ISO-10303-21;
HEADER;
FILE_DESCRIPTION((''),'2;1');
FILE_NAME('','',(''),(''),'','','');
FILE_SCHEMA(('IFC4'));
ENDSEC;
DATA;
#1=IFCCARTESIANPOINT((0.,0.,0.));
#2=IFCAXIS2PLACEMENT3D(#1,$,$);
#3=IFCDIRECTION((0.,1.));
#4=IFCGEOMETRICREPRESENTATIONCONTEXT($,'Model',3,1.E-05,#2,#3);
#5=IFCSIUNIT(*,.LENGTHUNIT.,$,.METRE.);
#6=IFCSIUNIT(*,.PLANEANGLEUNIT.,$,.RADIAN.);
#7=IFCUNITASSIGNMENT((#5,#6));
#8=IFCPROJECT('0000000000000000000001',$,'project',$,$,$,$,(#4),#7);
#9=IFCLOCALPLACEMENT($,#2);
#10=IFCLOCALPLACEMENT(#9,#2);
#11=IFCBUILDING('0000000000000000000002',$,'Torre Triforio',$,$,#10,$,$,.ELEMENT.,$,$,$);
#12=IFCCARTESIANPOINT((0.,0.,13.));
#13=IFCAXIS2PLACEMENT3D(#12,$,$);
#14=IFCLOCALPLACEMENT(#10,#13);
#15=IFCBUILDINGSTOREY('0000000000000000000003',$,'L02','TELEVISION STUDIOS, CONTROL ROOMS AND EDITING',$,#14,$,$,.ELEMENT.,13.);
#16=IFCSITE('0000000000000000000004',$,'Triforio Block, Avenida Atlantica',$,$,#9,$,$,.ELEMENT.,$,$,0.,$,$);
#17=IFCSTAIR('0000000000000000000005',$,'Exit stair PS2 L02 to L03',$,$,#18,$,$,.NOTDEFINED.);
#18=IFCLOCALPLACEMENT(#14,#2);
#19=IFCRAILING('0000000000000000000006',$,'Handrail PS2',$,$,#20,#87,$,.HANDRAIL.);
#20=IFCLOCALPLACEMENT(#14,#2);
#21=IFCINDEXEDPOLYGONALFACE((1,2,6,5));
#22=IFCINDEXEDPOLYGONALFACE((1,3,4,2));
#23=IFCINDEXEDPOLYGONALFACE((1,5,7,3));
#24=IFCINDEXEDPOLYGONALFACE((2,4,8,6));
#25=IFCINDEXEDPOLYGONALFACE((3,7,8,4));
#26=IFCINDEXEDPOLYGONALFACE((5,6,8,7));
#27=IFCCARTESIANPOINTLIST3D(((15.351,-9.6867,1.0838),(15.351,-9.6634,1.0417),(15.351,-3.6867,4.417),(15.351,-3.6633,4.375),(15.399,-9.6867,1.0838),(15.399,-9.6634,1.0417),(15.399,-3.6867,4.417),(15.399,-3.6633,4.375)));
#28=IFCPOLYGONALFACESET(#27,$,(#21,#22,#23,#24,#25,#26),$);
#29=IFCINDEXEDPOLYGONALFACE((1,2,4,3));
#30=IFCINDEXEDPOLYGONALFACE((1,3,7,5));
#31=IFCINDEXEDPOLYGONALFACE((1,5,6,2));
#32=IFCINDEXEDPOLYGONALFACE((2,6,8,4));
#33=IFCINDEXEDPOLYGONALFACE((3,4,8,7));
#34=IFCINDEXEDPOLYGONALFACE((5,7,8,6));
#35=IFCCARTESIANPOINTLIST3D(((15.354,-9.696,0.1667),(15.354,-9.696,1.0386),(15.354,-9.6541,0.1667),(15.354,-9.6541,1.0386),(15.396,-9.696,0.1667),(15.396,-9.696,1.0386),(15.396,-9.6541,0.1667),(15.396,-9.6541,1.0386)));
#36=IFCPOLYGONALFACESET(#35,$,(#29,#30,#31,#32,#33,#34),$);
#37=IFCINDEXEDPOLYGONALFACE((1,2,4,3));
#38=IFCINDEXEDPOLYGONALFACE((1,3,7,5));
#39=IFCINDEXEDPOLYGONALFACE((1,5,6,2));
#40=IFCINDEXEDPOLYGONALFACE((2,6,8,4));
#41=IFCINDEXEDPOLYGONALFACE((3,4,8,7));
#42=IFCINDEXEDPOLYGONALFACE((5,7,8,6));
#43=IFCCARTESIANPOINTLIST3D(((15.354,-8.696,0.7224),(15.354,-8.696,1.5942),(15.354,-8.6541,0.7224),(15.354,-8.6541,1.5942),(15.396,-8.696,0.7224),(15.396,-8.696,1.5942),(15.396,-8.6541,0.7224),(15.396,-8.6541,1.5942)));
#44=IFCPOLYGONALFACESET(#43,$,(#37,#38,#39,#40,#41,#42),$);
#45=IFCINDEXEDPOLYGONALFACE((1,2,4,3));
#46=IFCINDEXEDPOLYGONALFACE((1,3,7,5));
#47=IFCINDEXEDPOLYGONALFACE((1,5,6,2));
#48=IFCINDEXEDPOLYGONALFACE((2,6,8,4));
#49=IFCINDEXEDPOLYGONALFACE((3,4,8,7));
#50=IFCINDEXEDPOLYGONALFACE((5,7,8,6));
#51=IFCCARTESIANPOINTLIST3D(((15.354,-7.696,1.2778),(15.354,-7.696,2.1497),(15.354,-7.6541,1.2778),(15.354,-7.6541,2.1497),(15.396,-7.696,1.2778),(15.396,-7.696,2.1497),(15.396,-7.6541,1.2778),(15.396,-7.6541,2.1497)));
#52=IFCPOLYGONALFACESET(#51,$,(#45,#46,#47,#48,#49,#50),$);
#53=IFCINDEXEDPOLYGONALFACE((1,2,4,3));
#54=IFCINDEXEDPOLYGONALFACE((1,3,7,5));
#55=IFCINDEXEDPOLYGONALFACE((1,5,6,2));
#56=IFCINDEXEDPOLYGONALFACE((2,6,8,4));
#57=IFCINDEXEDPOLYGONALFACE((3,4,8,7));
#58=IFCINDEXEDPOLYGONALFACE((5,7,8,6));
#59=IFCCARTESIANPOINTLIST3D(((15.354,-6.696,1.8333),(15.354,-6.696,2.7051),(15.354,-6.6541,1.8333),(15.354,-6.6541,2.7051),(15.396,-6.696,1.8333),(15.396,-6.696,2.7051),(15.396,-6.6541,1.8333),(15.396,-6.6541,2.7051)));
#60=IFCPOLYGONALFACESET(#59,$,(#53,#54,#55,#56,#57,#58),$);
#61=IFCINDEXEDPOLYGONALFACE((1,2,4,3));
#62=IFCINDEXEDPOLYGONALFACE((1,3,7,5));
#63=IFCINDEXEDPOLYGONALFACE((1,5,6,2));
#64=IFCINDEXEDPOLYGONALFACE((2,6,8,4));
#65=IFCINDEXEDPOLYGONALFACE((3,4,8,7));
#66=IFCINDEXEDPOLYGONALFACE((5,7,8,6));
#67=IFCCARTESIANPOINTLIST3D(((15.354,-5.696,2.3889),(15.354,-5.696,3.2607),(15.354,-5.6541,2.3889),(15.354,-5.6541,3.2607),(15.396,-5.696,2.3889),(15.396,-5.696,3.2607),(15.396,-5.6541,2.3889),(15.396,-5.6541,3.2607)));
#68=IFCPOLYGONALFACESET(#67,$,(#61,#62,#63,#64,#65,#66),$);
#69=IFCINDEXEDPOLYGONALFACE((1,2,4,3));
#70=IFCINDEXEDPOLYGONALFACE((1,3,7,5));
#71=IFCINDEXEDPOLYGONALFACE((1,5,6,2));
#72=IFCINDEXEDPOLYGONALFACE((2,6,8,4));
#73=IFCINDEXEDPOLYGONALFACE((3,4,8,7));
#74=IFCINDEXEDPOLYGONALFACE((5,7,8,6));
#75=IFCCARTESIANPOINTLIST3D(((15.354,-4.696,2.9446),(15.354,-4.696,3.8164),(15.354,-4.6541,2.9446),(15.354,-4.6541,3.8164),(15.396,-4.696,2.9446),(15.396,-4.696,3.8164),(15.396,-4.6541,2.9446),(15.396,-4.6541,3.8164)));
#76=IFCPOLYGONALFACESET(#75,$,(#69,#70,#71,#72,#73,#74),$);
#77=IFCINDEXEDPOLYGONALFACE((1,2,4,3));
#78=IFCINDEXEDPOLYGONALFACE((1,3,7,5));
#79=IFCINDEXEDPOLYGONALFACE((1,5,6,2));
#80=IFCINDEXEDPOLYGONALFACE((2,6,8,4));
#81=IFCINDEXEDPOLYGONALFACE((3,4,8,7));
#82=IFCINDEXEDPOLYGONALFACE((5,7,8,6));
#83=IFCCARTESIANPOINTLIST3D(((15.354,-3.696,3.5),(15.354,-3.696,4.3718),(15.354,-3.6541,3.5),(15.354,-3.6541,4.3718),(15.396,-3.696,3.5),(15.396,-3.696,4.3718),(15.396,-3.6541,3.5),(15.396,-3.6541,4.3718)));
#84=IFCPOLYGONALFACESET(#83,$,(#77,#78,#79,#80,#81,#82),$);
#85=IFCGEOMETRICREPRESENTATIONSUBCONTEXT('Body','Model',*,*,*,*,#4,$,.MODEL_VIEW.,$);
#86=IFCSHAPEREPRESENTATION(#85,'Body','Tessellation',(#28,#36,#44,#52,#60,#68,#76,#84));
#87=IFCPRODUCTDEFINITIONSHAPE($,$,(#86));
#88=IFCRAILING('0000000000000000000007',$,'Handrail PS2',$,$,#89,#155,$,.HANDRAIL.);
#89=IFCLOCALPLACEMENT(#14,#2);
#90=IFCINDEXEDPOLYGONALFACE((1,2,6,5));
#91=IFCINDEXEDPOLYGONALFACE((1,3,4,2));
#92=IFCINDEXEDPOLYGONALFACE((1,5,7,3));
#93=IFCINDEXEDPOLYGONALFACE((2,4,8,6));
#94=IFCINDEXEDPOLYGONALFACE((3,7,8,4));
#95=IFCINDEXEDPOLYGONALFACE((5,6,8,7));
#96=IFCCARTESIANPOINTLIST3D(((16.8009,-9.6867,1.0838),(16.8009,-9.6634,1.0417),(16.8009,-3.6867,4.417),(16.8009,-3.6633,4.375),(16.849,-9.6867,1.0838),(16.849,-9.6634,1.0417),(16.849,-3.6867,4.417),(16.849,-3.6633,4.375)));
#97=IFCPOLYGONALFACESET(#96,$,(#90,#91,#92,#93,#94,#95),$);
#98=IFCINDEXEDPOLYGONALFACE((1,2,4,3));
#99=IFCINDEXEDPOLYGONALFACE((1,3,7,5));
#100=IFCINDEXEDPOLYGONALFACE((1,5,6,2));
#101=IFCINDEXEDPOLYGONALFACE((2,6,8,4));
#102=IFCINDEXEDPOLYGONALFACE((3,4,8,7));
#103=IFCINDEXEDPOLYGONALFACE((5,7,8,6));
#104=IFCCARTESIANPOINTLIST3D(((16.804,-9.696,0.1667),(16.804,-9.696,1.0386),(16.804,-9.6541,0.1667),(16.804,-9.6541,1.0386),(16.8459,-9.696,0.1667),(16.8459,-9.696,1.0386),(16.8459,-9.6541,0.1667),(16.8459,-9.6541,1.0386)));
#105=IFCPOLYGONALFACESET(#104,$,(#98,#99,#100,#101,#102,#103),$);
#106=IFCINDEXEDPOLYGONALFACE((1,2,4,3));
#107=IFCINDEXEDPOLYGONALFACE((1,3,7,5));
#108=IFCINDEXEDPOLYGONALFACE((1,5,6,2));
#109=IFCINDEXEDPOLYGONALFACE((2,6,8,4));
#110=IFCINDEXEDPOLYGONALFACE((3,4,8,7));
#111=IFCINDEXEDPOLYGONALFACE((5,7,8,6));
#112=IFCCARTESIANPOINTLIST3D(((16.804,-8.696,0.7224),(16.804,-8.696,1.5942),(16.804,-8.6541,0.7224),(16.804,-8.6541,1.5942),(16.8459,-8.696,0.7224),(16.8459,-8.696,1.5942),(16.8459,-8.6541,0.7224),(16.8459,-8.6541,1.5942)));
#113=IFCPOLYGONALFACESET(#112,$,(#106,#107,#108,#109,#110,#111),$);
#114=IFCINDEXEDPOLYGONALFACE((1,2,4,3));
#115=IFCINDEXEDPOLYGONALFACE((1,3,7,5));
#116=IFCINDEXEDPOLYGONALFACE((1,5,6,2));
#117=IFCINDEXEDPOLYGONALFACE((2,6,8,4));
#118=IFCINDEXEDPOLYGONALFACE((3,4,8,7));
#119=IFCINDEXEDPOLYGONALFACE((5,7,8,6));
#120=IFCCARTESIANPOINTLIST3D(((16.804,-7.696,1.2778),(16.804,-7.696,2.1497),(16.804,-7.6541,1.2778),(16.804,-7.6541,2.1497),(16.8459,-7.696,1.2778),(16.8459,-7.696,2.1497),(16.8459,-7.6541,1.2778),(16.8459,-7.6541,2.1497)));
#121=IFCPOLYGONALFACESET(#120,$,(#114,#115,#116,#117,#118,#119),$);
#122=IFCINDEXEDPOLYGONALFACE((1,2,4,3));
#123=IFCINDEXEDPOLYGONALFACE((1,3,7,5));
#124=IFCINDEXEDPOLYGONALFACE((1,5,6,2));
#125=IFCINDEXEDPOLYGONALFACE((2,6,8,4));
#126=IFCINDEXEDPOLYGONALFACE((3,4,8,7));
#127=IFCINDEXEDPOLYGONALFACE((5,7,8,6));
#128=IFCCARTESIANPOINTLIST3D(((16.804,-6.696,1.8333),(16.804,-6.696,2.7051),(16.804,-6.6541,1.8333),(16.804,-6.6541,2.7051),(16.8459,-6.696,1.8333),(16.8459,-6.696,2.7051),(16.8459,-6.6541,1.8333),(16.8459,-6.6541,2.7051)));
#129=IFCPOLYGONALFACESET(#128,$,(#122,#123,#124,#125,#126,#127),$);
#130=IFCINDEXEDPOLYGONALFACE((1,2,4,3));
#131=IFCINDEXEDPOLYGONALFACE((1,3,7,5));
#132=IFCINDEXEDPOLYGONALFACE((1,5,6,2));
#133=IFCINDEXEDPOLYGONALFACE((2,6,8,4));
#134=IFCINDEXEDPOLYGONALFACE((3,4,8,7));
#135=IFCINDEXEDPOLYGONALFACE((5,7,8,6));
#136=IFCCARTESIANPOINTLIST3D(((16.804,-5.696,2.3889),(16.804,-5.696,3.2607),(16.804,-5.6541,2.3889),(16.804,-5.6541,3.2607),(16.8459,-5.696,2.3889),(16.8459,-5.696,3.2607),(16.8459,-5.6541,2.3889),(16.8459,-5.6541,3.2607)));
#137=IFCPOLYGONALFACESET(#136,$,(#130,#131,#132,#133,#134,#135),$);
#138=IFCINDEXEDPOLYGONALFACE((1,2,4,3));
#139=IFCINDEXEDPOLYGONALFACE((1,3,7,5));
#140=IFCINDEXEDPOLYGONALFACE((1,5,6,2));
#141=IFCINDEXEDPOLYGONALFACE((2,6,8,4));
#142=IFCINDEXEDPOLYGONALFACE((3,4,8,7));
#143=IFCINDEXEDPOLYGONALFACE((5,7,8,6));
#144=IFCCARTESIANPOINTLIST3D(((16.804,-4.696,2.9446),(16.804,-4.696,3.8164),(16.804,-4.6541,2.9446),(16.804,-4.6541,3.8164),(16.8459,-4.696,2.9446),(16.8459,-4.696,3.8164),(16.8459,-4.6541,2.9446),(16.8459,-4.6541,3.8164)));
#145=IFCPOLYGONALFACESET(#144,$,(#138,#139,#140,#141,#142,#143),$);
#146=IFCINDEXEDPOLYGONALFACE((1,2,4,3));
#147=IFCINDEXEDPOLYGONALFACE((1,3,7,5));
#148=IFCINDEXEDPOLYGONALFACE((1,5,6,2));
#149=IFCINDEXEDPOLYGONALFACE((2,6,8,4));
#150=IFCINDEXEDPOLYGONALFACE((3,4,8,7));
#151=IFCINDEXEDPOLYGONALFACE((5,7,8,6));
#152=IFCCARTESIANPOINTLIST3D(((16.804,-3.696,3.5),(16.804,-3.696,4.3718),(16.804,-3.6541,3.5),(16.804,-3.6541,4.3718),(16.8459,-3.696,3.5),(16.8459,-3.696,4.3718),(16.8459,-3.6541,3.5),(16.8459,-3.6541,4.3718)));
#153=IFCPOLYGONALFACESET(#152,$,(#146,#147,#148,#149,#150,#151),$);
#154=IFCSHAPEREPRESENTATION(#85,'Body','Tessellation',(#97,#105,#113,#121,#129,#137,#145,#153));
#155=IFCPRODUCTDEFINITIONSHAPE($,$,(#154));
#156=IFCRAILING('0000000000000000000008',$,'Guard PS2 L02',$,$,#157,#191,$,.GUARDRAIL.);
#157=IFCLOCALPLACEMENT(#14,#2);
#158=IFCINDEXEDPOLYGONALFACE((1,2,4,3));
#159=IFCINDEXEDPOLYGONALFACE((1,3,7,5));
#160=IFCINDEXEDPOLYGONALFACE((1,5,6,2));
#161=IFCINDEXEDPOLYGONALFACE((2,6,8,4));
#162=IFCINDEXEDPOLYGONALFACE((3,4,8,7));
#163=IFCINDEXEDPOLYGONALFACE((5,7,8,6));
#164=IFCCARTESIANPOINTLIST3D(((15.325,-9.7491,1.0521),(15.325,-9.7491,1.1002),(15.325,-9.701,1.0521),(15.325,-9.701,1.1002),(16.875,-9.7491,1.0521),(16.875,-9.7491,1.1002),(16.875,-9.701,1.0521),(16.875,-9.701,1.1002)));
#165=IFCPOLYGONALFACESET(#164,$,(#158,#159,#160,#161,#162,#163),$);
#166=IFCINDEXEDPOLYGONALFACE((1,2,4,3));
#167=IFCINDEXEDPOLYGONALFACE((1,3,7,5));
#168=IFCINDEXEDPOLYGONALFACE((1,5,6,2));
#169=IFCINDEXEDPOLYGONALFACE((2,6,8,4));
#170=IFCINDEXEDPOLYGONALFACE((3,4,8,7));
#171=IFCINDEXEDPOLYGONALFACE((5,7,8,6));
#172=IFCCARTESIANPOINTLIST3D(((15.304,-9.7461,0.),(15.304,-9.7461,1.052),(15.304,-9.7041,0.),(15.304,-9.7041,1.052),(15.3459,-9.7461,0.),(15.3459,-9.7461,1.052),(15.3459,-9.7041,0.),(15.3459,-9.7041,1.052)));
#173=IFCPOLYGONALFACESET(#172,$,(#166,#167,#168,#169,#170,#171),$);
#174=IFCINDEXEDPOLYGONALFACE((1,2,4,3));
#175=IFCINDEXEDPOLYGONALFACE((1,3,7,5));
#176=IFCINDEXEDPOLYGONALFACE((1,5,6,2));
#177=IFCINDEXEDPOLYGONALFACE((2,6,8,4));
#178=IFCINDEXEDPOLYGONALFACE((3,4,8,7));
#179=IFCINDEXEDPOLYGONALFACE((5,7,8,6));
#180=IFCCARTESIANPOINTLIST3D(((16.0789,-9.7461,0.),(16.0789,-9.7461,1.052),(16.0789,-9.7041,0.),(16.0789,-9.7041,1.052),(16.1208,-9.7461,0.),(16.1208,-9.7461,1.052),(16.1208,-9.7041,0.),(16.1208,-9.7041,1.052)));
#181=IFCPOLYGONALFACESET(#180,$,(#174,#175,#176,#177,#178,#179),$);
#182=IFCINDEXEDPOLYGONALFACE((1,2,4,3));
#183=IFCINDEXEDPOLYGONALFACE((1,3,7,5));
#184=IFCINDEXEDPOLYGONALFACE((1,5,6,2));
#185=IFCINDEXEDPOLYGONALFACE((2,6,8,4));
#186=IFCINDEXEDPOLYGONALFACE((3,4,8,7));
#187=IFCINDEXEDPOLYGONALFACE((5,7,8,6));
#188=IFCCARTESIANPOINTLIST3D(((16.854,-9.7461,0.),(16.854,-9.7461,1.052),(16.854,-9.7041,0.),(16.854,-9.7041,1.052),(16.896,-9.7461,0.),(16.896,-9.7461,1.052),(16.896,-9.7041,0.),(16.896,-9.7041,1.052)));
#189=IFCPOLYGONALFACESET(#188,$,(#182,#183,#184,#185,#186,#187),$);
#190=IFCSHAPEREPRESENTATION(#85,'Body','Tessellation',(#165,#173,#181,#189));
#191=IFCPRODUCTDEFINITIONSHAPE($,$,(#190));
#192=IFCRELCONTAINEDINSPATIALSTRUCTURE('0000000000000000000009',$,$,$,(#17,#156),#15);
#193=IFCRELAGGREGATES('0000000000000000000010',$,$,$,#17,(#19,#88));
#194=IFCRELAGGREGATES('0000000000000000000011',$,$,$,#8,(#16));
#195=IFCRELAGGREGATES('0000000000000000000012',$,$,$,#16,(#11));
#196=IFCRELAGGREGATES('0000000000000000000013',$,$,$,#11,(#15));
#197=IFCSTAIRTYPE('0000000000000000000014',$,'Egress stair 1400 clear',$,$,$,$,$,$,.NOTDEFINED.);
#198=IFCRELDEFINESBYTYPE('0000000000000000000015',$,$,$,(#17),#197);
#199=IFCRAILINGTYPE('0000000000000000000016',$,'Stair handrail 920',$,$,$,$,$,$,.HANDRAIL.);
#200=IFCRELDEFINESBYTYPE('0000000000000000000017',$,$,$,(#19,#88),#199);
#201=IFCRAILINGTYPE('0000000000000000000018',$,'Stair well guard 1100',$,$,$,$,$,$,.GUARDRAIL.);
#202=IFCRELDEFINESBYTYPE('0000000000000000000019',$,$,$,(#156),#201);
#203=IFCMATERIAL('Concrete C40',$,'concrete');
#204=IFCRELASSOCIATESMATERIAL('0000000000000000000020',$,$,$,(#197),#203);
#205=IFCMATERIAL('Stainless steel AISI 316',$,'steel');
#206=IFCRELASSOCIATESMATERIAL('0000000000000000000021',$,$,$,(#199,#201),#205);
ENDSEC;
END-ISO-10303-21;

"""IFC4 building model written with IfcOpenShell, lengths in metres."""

from ifc_helpers import new_model, si_unit, direction, frame, origin, origin_2d, place, context, subcontext, project, spatial, rectangle, extrude, material, type_object, element, aggregate, save


model = new_model("IFC4")

# Units and contexts
model_context = context("Model", 3, precision=1e-05, world=origin(), true_north=direction((0.0, 1.0)))
body_context = subcontext(model_context, "Body", "Model", "MODEL_VIEW")
ifc_project = project(units=[si_unit("LENGTHUNIT", "METRE"), si_unit("PLANEANGLEUNIT", "RADIAN")], contexts=[model_context])

# Site, building, storey
site_placement = place(None, origin())
site = spatial("IfcSite", under=ifc_project, at=site_placement, Name="Triforio Block, Avenida Atlantica", CompositionType="ELEMENT", RefElevation=0.0)
building_placement = place(site_placement, origin())
building = spatial("IfcBuilding", under=site, at=building_placement, Name="Torre Triforio", CompositionType="ELEMENT")
storey_placement = place(building_placement, frame((0.0, 0.0, 13.0)))
storey = spatial("IfcBuildingStorey", under=building, at=storey_placement, Name="L02", Description="TELEVISION STUDIOS, CONTROL ROOMS AND EDITING", CompositionType="ELEMENT", Elevation=13.0)

# Shared definitions
ifc_material_1 = material(Name="Concrete C40", Category="concrete")

# Stair, railings
stair_type = type_object("IfcStairType", Name="Egress stair 1400 clear", PredefinedType="NOTDEFINED", material=ifc_material_1)
stair_placement = place(storey_placement, origin())
stair = element("IfcStair", 1, at=stair_placement, inside=storey, type_object=stair_type, Name="Exit stair PS2 L02 to L03", PredefinedType="NOTDEFINED")
ifc_material_2 = material(Name="Stainless steel AISI 316", Category="steel")
railing_type_1 = type_object("IfcRailingType", Name="Stair handrail 920", PredefinedType="HANDRAIL", material=ifc_material_2)
railing_1_placement = place(storey_placement, frame((15.375, -9.675, 0.1667)))
railing_1 = element("IfcRailing", 2, at=railing_1_placement, type_object=railing_type_1, Name="Handrail PS2", PredefinedType="HANDRAIL", context=body_context, shape_type="SweptSolid", body=[
    extrude(rectangle(XDim=0.0481, YDim=0.0481, at=origin_2d()), frame((0.0, 0.0, 0.896), z_axis=(0.0, 0.874162, 0.485634), x_axis=(-1.0, 0.0, 0.0)), (0.0, 0.0, 1.0), 6.8638),
    extrude(rectangle(XDim=0.042, YDim=0.042, at=origin_2d()), origin(), (0.0, 0.0, 1.0), 0.8718),
    extrude(rectangle(XDim=0.042, YDim=0.042, at=origin_2d()), frame((0.0, 1.0, 0.5557)), (0.0, 0.0, 1.0), 0.8718),
    extrude(rectangle(XDim=0.042, YDim=0.042, at=origin_2d()), frame((0.0, 2.0, 1.1111)), (0.0, 0.0, 1.0), 0.8718),
    extrude(rectangle(XDim=0.042, YDim=0.042, at=origin_2d()), frame((0.0, 3.0, 1.6665)), (0.0, 0.0, 1.0), 0.8718),
    extrude(rectangle(XDim=0.042, YDim=0.042, at=origin_2d()), frame((0.0, 4.0, 2.2222)), (0.0, 0.0, 1.0), 0.8718),
    extrude(rectangle(XDim=0.042, YDim=0.042, at=origin_2d()), frame((0.0, 5.0, 2.7778)), (0.0, 0.0, 1.0), 0.8718),
    extrude(rectangle(XDim=0.042, YDim=0.042, at=origin_2d()), frame((0.0, 6.0, 3.3333)), (0.0, 0.0, 1.0), 0.8718),
])
railing_2_placement = place(storey_placement, frame((16.825, -9.675, 0.1667)))
railing_2 = element("IfcRailing", 3, at=railing_2_placement, type_object=railing_type_1, Name="Handrail PS2", PredefinedType="HANDRAIL", context=body_context, shape_type="SweptSolid", body=[
    extrude(rectangle(XDim=0.0481, YDim=0.0481, at=origin_2d()), frame((0.0, 0.0, 0.896), z_axis=(0.0, 0.874162, 0.485634), x_axis=(-1.0, 0.0, 0.0)), (0.0, 0.0, 1.0), 6.8638),
    extrude(rectangle(XDim=0.042, YDim=0.042, at=origin_2d()), origin(), (0.0, 0.0, 1.0), 0.8718),
    extrude(rectangle(XDim=0.042, YDim=0.042, at=origin_2d()), frame((0.0, 1.0, 0.5557)), (0.0, 0.0, 1.0), 0.8718),
    extrude(rectangle(XDim=0.042, YDim=0.042, at=origin_2d()), frame((0.0, 2.0, 1.1111)), (0.0, 0.0, 1.0), 0.8718),
    extrude(rectangle(XDim=0.042, YDim=0.042, at=origin_2d()), frame((0.0, 3.0, 1.6665)), (0.0, 0.0, 1.0), 0.8718),
    extrude(rectangle(XDim=0.042, YDim=0.042, at=origin_2d()), frame((0.0, 4.0, 2.2222)), (0.0, 0.0, 1.0), 0.8718),
    extrude(rectangle(XDim=0.042, YDim=0.042, at=origin_2d()), frame((0.0, 5.0, 2.7778)), (0.0, 0.0, 1.0), 0.8718),
    extrude(rectangle(XDim=0.042, YDim=0.042, at=origin_2d()), frame((0.0, 6.0, 3.3333)), (0.0, 0.0, 1.0), 0.8718),
])
aggregate(stair, [railing_1, railing_2])

# Railing
railing_type_2 = type_object("IfcRailingType", Name="Stair well guard 1100", PredefinedType="GUARDRAIL", material=ifc_material_2)
railing_3_placement = place(storey_placement, frame((15.325, -9.7251, 0.0)))
element("IfcRailing", 4, at=railing_3_placement, inside=storey, type_object=railing_type_2, Name="Guard PS2 L02", PredefinedType="GUARDRAIL", context=body_context, shape_type="SweptSolid", body=[
    extrude(rectangle(XDim=0.0481, YDim=0.0481, at=origin_2d()), frame((0.0, 0.0, 1.0762), z_axis=(1.0, 0.0, 0.0), x_axis=(0.0, 1.0, 0.0)), (0.0, 0.0, 1.0), 1.55),
    extrude(rectangle(XDim=0.042, YDim=0.042, at=origin_2d()), origin(), (0.0, 0.0, 1.0), 1.052),
    extrude(rectangle(XDim=0.042, YDim=0.042, at=origin_2d()), frame((0.7749, 0.0, 0.0)), (0.0, 0.0, 1.0), 1.052),
    extrude(rectangle(XDim=0.042, YDim=0.042, at=origin_2d()), frame((1.55, 0.0, 0.0)), (0.0, 0.0, 1.0), 1.052),
])

save(model, "model.ifc")
